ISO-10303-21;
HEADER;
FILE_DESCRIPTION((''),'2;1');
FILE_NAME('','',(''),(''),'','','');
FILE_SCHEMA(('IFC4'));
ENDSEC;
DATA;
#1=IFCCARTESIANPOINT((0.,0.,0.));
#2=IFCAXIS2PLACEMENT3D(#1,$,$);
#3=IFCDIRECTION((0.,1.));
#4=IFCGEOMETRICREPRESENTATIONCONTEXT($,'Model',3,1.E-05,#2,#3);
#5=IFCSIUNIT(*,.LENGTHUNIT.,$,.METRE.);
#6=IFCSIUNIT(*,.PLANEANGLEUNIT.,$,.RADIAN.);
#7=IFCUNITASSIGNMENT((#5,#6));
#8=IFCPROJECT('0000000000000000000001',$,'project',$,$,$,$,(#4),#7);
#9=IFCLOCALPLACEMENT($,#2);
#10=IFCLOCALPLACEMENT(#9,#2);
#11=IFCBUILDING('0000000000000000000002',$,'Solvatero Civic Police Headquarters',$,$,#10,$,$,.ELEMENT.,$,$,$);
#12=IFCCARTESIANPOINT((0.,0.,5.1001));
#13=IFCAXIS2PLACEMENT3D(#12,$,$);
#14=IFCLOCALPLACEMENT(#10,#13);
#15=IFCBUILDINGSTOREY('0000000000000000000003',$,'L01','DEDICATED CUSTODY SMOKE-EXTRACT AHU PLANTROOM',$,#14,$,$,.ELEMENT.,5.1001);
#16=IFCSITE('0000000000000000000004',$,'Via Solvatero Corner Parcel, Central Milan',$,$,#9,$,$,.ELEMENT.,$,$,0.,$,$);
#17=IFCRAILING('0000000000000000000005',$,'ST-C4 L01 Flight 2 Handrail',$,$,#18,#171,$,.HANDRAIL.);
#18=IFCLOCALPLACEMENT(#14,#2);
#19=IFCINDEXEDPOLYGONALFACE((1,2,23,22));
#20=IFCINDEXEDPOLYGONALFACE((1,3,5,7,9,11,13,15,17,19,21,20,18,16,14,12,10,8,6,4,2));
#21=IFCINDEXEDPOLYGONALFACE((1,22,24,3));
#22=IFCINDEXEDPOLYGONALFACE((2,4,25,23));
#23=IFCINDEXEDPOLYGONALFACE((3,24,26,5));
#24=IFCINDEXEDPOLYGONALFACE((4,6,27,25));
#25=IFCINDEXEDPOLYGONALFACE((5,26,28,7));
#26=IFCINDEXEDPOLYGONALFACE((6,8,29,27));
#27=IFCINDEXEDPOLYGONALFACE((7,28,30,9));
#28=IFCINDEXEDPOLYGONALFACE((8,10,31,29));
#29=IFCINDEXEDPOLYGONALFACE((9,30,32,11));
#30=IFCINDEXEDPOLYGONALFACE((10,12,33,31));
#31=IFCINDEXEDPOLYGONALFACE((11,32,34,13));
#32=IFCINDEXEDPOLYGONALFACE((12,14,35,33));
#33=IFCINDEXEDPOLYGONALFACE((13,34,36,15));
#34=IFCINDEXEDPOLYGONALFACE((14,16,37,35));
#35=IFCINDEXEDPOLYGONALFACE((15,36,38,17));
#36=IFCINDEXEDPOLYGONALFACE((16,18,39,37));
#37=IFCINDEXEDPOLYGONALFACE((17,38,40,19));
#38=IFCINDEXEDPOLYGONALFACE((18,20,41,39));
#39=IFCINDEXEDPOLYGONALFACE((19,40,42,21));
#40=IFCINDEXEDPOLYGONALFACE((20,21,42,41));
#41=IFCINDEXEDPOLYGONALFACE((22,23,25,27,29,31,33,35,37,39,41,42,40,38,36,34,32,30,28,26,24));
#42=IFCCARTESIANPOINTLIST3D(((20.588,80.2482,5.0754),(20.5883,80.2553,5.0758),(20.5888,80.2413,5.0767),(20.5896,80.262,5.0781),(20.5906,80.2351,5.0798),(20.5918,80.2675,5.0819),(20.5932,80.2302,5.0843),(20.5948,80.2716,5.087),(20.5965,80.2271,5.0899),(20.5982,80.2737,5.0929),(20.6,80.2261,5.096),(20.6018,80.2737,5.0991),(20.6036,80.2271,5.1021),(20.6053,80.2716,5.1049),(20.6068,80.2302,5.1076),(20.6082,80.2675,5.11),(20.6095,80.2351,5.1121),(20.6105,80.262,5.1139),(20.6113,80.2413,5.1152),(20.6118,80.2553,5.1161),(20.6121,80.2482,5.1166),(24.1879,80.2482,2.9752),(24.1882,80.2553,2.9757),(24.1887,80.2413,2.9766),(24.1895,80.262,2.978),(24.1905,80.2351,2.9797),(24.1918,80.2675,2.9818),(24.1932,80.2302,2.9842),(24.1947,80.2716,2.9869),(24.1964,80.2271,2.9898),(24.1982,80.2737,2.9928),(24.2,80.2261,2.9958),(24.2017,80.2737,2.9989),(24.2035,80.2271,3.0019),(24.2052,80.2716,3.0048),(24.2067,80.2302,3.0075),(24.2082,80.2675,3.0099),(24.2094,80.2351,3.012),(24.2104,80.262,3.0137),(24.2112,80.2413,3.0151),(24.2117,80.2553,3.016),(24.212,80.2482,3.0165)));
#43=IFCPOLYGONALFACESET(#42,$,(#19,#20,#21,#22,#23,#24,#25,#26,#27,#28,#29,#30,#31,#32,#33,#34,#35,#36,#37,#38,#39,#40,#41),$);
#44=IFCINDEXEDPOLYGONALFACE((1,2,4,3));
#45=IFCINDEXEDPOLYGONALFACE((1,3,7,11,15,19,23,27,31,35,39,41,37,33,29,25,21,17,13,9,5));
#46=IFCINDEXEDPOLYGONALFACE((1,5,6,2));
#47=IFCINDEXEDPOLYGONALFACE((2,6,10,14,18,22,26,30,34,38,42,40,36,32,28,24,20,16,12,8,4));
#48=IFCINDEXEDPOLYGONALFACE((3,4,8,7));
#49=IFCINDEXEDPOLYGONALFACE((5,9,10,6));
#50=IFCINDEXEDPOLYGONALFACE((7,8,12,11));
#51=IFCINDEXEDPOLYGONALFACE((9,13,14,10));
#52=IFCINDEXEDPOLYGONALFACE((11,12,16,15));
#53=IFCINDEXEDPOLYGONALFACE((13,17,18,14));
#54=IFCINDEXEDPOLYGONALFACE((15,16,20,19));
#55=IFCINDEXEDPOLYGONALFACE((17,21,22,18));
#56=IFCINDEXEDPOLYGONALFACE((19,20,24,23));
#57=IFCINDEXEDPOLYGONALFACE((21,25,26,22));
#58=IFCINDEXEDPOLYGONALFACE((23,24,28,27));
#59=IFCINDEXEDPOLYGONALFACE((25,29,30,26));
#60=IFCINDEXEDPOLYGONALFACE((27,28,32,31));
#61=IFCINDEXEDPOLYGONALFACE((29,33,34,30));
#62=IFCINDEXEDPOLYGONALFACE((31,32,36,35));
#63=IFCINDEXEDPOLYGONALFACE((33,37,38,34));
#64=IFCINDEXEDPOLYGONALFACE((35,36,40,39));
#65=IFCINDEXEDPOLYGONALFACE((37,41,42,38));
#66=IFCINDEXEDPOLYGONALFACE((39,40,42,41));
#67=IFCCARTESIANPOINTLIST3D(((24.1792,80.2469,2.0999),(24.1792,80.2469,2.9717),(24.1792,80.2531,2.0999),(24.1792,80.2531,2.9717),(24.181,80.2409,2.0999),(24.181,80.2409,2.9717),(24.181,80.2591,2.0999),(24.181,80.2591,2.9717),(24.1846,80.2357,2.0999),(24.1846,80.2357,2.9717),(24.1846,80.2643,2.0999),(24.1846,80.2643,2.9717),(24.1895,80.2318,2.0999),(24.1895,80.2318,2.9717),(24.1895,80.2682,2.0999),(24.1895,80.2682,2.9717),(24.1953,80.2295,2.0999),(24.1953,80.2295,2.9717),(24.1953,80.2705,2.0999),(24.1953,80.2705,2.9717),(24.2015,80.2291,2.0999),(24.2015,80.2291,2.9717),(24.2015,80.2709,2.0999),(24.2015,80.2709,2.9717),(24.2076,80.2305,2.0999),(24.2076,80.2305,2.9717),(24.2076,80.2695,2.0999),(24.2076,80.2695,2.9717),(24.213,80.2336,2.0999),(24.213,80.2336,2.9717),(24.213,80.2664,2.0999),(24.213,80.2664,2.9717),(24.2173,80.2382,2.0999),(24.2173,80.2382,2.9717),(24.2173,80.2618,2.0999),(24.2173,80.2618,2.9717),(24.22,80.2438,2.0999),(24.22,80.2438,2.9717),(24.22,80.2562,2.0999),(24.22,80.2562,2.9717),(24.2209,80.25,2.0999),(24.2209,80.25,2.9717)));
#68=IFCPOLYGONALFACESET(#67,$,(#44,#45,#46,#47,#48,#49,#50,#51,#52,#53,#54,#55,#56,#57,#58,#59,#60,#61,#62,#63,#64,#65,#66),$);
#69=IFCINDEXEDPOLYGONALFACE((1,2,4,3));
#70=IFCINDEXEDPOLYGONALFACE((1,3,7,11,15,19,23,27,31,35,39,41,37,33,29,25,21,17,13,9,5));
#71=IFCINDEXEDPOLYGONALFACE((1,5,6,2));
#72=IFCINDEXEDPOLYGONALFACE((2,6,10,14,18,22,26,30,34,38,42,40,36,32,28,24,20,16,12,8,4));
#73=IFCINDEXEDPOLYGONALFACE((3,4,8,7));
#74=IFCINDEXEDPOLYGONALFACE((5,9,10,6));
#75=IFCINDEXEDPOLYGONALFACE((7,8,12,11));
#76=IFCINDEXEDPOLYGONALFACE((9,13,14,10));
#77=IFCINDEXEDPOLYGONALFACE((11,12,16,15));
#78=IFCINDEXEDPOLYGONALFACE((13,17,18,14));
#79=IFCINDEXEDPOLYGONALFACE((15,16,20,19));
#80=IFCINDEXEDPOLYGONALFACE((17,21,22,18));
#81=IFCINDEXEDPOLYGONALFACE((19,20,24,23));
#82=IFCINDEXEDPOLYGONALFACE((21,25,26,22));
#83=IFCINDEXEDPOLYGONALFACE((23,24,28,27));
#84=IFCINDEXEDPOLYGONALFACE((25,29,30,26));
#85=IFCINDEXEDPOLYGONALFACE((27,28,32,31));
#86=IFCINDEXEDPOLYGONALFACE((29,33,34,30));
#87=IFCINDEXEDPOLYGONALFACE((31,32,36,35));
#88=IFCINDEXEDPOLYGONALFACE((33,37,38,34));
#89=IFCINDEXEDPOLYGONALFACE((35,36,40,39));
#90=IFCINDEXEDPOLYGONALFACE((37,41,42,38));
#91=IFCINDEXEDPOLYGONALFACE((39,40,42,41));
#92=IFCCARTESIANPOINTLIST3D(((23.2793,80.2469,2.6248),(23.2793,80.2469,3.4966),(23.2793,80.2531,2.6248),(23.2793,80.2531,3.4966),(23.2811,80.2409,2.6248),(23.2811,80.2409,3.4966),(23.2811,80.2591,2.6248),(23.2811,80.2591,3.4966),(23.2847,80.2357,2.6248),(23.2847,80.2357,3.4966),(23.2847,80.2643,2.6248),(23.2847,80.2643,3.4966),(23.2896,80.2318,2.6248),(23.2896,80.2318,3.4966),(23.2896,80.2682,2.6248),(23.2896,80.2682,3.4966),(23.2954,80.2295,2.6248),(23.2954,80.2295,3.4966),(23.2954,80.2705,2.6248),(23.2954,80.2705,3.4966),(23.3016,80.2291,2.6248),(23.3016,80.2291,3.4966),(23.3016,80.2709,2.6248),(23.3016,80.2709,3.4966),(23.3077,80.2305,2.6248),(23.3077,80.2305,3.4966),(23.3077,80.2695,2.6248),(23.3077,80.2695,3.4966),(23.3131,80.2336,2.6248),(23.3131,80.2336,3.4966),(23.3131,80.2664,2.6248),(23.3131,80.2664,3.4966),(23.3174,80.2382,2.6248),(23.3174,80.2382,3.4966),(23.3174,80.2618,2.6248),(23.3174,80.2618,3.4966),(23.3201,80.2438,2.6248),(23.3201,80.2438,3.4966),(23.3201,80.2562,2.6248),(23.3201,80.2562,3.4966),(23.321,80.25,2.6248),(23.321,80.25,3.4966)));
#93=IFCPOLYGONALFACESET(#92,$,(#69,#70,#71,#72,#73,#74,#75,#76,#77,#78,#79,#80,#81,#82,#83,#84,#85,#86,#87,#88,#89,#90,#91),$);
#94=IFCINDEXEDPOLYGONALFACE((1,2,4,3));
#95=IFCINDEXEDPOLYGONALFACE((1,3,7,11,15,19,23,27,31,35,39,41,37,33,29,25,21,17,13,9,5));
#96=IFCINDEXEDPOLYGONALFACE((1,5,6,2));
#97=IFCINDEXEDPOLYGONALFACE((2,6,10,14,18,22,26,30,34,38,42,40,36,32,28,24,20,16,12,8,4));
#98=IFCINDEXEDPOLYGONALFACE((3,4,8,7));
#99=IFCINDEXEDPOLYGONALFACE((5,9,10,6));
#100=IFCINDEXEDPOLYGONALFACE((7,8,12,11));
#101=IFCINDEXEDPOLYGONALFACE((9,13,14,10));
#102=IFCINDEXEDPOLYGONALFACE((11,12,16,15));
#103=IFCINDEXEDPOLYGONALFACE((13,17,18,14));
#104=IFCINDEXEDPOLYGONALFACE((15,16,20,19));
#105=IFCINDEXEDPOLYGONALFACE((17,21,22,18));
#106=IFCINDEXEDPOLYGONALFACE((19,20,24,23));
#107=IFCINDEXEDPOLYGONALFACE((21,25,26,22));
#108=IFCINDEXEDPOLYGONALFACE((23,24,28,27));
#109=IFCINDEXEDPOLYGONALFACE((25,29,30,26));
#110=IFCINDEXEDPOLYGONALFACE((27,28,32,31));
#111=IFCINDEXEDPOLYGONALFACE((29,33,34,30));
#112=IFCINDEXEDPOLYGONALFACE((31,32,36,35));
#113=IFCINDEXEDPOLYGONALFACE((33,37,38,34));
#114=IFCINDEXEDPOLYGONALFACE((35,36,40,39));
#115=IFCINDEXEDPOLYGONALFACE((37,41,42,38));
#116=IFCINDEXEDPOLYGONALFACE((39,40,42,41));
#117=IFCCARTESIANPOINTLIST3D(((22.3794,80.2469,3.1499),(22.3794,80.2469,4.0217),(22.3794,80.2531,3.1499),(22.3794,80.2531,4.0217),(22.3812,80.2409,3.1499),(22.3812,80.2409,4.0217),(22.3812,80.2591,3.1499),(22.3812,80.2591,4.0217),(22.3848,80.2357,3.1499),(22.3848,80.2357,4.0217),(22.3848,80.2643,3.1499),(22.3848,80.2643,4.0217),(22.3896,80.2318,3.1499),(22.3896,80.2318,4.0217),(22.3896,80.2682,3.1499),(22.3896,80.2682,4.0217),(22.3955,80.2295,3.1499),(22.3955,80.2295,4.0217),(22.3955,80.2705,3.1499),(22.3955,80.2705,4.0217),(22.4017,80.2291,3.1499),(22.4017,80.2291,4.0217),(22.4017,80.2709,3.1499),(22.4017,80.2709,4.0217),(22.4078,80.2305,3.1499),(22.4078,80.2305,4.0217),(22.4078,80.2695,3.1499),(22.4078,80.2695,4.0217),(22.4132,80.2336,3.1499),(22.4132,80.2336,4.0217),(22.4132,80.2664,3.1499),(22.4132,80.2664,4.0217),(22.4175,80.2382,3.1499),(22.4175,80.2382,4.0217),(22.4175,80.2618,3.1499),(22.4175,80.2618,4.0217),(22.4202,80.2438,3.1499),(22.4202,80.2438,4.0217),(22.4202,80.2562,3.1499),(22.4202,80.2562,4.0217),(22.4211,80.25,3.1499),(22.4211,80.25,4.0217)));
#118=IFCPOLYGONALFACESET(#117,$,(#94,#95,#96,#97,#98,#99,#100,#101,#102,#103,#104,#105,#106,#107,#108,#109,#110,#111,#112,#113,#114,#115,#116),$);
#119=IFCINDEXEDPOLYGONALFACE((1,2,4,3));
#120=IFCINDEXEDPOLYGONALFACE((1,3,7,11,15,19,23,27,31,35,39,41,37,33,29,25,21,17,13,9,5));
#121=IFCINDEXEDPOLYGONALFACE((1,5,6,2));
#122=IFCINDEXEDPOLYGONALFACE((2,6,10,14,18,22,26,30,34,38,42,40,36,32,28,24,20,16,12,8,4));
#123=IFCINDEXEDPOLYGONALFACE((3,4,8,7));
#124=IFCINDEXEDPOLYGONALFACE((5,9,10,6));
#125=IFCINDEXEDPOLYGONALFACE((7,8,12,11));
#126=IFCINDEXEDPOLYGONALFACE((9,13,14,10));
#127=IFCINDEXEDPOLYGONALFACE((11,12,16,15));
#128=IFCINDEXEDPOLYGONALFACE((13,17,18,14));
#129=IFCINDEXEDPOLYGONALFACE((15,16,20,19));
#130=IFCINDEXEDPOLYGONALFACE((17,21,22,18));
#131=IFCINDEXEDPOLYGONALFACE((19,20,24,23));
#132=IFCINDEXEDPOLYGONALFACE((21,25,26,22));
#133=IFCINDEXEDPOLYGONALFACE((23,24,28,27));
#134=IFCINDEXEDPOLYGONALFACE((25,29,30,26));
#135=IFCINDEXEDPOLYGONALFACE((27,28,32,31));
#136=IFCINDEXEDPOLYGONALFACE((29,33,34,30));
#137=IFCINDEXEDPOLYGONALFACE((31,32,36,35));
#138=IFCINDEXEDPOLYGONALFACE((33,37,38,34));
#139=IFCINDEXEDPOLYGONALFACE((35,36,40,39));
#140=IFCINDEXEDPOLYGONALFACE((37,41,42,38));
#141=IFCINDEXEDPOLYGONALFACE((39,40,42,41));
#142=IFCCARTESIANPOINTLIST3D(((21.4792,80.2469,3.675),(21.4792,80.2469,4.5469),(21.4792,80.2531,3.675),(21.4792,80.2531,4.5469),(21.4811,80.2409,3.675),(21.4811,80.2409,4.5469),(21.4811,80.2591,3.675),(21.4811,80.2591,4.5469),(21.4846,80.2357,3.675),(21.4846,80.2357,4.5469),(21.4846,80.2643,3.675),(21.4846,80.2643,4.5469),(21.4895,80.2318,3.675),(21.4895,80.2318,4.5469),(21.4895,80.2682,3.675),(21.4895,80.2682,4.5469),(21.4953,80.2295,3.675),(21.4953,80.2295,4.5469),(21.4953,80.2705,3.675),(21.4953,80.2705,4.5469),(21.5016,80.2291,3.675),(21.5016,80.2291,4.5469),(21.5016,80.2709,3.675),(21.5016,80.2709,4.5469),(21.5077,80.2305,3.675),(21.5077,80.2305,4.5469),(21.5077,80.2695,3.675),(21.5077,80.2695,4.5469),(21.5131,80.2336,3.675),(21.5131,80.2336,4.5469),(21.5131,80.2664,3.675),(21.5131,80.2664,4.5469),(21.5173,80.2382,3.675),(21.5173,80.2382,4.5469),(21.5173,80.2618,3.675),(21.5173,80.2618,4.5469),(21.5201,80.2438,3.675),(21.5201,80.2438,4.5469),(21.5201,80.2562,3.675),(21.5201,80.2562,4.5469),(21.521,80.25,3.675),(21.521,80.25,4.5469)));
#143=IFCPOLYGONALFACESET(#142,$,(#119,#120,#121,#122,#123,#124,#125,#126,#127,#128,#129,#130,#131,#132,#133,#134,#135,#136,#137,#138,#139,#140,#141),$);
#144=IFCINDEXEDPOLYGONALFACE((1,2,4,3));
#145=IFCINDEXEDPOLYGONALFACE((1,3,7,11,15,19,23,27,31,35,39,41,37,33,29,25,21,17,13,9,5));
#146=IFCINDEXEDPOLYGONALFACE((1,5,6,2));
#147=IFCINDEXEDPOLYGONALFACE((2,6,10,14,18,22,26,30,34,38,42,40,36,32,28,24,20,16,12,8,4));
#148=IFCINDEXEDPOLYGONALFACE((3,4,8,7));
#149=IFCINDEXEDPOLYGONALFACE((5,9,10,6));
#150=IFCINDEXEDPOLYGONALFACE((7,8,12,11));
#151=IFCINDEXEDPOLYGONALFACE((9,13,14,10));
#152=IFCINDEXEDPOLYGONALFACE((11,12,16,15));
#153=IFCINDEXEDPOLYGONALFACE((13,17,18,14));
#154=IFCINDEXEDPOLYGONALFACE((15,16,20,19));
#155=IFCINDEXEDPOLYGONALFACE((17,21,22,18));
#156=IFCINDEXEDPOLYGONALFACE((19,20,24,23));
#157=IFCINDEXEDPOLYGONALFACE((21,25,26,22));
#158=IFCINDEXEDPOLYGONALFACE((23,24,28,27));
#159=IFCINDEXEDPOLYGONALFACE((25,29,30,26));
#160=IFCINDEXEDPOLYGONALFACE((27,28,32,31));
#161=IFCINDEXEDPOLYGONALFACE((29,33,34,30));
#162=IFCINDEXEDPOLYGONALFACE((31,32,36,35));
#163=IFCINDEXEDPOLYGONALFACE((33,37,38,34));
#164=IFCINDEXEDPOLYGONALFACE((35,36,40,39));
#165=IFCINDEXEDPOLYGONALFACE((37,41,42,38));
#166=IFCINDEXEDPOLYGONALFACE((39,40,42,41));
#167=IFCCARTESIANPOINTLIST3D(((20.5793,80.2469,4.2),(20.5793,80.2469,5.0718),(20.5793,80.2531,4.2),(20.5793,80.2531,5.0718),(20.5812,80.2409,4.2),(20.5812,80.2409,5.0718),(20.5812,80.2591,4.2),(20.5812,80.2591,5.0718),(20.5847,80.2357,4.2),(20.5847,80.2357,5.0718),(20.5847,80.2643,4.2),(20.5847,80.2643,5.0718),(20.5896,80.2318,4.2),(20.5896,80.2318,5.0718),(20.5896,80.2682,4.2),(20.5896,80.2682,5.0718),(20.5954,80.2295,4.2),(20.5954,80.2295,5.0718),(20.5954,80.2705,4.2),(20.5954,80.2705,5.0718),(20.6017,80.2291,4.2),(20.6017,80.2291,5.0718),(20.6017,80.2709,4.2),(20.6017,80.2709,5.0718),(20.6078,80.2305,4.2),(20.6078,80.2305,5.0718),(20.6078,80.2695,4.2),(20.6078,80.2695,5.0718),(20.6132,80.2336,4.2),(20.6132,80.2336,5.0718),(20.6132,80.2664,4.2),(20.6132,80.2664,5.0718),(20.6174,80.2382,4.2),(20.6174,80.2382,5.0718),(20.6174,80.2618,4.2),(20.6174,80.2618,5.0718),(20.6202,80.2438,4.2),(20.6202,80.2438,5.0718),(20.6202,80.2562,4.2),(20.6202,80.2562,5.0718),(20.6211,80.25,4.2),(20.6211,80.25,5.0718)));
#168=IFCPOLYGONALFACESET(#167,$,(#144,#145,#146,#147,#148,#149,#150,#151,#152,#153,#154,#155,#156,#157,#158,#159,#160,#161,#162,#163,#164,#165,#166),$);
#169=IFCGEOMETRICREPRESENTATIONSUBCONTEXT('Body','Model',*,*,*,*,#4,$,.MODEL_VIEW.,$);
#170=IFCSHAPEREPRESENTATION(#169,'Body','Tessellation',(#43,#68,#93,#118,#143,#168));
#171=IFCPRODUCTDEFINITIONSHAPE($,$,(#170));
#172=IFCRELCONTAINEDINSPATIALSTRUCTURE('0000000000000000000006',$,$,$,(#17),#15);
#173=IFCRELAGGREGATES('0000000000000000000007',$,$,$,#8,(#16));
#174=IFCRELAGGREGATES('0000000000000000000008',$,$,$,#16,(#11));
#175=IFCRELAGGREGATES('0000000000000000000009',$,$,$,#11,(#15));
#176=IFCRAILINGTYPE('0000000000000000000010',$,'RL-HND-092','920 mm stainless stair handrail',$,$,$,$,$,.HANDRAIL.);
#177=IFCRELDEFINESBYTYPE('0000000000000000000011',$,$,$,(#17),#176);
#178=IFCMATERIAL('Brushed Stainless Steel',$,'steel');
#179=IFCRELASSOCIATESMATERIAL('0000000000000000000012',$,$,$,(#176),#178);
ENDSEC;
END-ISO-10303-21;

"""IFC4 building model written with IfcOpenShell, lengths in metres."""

from ifc_helpers import new_model, si_unit, direction, frame, origin, origin_2d, place, context, subcontext, project, spatial, circle, extrude, material, type_object, element, save


model = new_model("IFC4")

# Units and contexts
model_context = context("Model", 3, precision=1e-05, world=origin(), true_north=direction((0.0, 1.0)))
body_context = subcontext(model_context, "Body", "Model", "MODEL_VIEW")
ifc_project = project(units=[si_unit("LENGTHUNIT", "METRE"), si_unit("PLANEANGLEUNIT", "RADIAN")], contexts=[model_context])

# Site, building, storey
site_placement = place(None, origin())
site = spatial("IfcSite", under=ifc_project, at=site_placement, Name="Via Solvatero Corner Parcel, Central Milan", CompositionType="ELEMENT", RefElevation=0.0)
building_placement = place(site_placement, origin())
building = spatial("IfcBuilding", under=site, at=building_placement, Name="Solvatero Civic Police Headquarters", CompositionType="ELEMENT")
storey_placement = place(building_placement, frame((0.0, 0.0, 5.1001)))
storey = spatial("IfcBuildingStorey", under=building, at=storey_placement, Name="L01", Description="DEDICATED CUSTODY SMOKE-EXTRACT AHU PLANTROOM", CompositionType="ELEMENT", Elevation=5.1001)

# Railing
ifc_material_1 = material(Name="Brushed Stainless Steel", Category="steel")
railing_type_1 = type_object("IfcRailingType", Name="RL-HND-092", Description="920 mm stainless stair handrail", PredefinedType="HANDRAIL", material=ifc_material_1)
railing_1_placement = place(storey_placement, frame((24.2, 80.25, 2.0999)))
element("IfcRailing", 1, at=railing_1_placement, inside=storey, type_object=railing_type_1, Name="ST-C4 L01 Flight 2 Handrail", PredefinedType="HANDRAIL", context=body_context, shape_type="SweptSolid", body=[
    extrude(circle(Radius=0.0239, at=origin_2d()), frame((0.0, 0.0, 0.896), z_axis=(-0.86376, 0.0, 0.503904), x_axis=(0.0, -1.0, 0.0)), (0.0, 0.0, 1.0), 4.1677),
    extrude(circle(Radius=0.021, at=origin_2d()), origin(), (0.0, 0.0, 1.0), 0.8718),
    extrude(circle(Radius=0.021, at=origin_2d()), frame((-0.8999, 0.0, 0.5249)), (0.0, 0.0, 1.0), 0.8718),
    extrude(circle(Radius=0.021, at=origin_2d()), frame((-1.7998, 0.0, 1.05)), (0.0, 0.0, 1.0), 0.8718),
    extrude(circle(Radius=0.021, at=origin_2d()), frame((-2.7, 0.0, 1.5752)), (0.0, 0.0, 1.0), 0.8718),
    extrude(circle(Radius=0.021, at=origin_2d()), frame((-3.5999, 0.0, 2.1001)), (0.0, 0.0, 1.0), 0.8718),
])

save(model, "model.ifc")
